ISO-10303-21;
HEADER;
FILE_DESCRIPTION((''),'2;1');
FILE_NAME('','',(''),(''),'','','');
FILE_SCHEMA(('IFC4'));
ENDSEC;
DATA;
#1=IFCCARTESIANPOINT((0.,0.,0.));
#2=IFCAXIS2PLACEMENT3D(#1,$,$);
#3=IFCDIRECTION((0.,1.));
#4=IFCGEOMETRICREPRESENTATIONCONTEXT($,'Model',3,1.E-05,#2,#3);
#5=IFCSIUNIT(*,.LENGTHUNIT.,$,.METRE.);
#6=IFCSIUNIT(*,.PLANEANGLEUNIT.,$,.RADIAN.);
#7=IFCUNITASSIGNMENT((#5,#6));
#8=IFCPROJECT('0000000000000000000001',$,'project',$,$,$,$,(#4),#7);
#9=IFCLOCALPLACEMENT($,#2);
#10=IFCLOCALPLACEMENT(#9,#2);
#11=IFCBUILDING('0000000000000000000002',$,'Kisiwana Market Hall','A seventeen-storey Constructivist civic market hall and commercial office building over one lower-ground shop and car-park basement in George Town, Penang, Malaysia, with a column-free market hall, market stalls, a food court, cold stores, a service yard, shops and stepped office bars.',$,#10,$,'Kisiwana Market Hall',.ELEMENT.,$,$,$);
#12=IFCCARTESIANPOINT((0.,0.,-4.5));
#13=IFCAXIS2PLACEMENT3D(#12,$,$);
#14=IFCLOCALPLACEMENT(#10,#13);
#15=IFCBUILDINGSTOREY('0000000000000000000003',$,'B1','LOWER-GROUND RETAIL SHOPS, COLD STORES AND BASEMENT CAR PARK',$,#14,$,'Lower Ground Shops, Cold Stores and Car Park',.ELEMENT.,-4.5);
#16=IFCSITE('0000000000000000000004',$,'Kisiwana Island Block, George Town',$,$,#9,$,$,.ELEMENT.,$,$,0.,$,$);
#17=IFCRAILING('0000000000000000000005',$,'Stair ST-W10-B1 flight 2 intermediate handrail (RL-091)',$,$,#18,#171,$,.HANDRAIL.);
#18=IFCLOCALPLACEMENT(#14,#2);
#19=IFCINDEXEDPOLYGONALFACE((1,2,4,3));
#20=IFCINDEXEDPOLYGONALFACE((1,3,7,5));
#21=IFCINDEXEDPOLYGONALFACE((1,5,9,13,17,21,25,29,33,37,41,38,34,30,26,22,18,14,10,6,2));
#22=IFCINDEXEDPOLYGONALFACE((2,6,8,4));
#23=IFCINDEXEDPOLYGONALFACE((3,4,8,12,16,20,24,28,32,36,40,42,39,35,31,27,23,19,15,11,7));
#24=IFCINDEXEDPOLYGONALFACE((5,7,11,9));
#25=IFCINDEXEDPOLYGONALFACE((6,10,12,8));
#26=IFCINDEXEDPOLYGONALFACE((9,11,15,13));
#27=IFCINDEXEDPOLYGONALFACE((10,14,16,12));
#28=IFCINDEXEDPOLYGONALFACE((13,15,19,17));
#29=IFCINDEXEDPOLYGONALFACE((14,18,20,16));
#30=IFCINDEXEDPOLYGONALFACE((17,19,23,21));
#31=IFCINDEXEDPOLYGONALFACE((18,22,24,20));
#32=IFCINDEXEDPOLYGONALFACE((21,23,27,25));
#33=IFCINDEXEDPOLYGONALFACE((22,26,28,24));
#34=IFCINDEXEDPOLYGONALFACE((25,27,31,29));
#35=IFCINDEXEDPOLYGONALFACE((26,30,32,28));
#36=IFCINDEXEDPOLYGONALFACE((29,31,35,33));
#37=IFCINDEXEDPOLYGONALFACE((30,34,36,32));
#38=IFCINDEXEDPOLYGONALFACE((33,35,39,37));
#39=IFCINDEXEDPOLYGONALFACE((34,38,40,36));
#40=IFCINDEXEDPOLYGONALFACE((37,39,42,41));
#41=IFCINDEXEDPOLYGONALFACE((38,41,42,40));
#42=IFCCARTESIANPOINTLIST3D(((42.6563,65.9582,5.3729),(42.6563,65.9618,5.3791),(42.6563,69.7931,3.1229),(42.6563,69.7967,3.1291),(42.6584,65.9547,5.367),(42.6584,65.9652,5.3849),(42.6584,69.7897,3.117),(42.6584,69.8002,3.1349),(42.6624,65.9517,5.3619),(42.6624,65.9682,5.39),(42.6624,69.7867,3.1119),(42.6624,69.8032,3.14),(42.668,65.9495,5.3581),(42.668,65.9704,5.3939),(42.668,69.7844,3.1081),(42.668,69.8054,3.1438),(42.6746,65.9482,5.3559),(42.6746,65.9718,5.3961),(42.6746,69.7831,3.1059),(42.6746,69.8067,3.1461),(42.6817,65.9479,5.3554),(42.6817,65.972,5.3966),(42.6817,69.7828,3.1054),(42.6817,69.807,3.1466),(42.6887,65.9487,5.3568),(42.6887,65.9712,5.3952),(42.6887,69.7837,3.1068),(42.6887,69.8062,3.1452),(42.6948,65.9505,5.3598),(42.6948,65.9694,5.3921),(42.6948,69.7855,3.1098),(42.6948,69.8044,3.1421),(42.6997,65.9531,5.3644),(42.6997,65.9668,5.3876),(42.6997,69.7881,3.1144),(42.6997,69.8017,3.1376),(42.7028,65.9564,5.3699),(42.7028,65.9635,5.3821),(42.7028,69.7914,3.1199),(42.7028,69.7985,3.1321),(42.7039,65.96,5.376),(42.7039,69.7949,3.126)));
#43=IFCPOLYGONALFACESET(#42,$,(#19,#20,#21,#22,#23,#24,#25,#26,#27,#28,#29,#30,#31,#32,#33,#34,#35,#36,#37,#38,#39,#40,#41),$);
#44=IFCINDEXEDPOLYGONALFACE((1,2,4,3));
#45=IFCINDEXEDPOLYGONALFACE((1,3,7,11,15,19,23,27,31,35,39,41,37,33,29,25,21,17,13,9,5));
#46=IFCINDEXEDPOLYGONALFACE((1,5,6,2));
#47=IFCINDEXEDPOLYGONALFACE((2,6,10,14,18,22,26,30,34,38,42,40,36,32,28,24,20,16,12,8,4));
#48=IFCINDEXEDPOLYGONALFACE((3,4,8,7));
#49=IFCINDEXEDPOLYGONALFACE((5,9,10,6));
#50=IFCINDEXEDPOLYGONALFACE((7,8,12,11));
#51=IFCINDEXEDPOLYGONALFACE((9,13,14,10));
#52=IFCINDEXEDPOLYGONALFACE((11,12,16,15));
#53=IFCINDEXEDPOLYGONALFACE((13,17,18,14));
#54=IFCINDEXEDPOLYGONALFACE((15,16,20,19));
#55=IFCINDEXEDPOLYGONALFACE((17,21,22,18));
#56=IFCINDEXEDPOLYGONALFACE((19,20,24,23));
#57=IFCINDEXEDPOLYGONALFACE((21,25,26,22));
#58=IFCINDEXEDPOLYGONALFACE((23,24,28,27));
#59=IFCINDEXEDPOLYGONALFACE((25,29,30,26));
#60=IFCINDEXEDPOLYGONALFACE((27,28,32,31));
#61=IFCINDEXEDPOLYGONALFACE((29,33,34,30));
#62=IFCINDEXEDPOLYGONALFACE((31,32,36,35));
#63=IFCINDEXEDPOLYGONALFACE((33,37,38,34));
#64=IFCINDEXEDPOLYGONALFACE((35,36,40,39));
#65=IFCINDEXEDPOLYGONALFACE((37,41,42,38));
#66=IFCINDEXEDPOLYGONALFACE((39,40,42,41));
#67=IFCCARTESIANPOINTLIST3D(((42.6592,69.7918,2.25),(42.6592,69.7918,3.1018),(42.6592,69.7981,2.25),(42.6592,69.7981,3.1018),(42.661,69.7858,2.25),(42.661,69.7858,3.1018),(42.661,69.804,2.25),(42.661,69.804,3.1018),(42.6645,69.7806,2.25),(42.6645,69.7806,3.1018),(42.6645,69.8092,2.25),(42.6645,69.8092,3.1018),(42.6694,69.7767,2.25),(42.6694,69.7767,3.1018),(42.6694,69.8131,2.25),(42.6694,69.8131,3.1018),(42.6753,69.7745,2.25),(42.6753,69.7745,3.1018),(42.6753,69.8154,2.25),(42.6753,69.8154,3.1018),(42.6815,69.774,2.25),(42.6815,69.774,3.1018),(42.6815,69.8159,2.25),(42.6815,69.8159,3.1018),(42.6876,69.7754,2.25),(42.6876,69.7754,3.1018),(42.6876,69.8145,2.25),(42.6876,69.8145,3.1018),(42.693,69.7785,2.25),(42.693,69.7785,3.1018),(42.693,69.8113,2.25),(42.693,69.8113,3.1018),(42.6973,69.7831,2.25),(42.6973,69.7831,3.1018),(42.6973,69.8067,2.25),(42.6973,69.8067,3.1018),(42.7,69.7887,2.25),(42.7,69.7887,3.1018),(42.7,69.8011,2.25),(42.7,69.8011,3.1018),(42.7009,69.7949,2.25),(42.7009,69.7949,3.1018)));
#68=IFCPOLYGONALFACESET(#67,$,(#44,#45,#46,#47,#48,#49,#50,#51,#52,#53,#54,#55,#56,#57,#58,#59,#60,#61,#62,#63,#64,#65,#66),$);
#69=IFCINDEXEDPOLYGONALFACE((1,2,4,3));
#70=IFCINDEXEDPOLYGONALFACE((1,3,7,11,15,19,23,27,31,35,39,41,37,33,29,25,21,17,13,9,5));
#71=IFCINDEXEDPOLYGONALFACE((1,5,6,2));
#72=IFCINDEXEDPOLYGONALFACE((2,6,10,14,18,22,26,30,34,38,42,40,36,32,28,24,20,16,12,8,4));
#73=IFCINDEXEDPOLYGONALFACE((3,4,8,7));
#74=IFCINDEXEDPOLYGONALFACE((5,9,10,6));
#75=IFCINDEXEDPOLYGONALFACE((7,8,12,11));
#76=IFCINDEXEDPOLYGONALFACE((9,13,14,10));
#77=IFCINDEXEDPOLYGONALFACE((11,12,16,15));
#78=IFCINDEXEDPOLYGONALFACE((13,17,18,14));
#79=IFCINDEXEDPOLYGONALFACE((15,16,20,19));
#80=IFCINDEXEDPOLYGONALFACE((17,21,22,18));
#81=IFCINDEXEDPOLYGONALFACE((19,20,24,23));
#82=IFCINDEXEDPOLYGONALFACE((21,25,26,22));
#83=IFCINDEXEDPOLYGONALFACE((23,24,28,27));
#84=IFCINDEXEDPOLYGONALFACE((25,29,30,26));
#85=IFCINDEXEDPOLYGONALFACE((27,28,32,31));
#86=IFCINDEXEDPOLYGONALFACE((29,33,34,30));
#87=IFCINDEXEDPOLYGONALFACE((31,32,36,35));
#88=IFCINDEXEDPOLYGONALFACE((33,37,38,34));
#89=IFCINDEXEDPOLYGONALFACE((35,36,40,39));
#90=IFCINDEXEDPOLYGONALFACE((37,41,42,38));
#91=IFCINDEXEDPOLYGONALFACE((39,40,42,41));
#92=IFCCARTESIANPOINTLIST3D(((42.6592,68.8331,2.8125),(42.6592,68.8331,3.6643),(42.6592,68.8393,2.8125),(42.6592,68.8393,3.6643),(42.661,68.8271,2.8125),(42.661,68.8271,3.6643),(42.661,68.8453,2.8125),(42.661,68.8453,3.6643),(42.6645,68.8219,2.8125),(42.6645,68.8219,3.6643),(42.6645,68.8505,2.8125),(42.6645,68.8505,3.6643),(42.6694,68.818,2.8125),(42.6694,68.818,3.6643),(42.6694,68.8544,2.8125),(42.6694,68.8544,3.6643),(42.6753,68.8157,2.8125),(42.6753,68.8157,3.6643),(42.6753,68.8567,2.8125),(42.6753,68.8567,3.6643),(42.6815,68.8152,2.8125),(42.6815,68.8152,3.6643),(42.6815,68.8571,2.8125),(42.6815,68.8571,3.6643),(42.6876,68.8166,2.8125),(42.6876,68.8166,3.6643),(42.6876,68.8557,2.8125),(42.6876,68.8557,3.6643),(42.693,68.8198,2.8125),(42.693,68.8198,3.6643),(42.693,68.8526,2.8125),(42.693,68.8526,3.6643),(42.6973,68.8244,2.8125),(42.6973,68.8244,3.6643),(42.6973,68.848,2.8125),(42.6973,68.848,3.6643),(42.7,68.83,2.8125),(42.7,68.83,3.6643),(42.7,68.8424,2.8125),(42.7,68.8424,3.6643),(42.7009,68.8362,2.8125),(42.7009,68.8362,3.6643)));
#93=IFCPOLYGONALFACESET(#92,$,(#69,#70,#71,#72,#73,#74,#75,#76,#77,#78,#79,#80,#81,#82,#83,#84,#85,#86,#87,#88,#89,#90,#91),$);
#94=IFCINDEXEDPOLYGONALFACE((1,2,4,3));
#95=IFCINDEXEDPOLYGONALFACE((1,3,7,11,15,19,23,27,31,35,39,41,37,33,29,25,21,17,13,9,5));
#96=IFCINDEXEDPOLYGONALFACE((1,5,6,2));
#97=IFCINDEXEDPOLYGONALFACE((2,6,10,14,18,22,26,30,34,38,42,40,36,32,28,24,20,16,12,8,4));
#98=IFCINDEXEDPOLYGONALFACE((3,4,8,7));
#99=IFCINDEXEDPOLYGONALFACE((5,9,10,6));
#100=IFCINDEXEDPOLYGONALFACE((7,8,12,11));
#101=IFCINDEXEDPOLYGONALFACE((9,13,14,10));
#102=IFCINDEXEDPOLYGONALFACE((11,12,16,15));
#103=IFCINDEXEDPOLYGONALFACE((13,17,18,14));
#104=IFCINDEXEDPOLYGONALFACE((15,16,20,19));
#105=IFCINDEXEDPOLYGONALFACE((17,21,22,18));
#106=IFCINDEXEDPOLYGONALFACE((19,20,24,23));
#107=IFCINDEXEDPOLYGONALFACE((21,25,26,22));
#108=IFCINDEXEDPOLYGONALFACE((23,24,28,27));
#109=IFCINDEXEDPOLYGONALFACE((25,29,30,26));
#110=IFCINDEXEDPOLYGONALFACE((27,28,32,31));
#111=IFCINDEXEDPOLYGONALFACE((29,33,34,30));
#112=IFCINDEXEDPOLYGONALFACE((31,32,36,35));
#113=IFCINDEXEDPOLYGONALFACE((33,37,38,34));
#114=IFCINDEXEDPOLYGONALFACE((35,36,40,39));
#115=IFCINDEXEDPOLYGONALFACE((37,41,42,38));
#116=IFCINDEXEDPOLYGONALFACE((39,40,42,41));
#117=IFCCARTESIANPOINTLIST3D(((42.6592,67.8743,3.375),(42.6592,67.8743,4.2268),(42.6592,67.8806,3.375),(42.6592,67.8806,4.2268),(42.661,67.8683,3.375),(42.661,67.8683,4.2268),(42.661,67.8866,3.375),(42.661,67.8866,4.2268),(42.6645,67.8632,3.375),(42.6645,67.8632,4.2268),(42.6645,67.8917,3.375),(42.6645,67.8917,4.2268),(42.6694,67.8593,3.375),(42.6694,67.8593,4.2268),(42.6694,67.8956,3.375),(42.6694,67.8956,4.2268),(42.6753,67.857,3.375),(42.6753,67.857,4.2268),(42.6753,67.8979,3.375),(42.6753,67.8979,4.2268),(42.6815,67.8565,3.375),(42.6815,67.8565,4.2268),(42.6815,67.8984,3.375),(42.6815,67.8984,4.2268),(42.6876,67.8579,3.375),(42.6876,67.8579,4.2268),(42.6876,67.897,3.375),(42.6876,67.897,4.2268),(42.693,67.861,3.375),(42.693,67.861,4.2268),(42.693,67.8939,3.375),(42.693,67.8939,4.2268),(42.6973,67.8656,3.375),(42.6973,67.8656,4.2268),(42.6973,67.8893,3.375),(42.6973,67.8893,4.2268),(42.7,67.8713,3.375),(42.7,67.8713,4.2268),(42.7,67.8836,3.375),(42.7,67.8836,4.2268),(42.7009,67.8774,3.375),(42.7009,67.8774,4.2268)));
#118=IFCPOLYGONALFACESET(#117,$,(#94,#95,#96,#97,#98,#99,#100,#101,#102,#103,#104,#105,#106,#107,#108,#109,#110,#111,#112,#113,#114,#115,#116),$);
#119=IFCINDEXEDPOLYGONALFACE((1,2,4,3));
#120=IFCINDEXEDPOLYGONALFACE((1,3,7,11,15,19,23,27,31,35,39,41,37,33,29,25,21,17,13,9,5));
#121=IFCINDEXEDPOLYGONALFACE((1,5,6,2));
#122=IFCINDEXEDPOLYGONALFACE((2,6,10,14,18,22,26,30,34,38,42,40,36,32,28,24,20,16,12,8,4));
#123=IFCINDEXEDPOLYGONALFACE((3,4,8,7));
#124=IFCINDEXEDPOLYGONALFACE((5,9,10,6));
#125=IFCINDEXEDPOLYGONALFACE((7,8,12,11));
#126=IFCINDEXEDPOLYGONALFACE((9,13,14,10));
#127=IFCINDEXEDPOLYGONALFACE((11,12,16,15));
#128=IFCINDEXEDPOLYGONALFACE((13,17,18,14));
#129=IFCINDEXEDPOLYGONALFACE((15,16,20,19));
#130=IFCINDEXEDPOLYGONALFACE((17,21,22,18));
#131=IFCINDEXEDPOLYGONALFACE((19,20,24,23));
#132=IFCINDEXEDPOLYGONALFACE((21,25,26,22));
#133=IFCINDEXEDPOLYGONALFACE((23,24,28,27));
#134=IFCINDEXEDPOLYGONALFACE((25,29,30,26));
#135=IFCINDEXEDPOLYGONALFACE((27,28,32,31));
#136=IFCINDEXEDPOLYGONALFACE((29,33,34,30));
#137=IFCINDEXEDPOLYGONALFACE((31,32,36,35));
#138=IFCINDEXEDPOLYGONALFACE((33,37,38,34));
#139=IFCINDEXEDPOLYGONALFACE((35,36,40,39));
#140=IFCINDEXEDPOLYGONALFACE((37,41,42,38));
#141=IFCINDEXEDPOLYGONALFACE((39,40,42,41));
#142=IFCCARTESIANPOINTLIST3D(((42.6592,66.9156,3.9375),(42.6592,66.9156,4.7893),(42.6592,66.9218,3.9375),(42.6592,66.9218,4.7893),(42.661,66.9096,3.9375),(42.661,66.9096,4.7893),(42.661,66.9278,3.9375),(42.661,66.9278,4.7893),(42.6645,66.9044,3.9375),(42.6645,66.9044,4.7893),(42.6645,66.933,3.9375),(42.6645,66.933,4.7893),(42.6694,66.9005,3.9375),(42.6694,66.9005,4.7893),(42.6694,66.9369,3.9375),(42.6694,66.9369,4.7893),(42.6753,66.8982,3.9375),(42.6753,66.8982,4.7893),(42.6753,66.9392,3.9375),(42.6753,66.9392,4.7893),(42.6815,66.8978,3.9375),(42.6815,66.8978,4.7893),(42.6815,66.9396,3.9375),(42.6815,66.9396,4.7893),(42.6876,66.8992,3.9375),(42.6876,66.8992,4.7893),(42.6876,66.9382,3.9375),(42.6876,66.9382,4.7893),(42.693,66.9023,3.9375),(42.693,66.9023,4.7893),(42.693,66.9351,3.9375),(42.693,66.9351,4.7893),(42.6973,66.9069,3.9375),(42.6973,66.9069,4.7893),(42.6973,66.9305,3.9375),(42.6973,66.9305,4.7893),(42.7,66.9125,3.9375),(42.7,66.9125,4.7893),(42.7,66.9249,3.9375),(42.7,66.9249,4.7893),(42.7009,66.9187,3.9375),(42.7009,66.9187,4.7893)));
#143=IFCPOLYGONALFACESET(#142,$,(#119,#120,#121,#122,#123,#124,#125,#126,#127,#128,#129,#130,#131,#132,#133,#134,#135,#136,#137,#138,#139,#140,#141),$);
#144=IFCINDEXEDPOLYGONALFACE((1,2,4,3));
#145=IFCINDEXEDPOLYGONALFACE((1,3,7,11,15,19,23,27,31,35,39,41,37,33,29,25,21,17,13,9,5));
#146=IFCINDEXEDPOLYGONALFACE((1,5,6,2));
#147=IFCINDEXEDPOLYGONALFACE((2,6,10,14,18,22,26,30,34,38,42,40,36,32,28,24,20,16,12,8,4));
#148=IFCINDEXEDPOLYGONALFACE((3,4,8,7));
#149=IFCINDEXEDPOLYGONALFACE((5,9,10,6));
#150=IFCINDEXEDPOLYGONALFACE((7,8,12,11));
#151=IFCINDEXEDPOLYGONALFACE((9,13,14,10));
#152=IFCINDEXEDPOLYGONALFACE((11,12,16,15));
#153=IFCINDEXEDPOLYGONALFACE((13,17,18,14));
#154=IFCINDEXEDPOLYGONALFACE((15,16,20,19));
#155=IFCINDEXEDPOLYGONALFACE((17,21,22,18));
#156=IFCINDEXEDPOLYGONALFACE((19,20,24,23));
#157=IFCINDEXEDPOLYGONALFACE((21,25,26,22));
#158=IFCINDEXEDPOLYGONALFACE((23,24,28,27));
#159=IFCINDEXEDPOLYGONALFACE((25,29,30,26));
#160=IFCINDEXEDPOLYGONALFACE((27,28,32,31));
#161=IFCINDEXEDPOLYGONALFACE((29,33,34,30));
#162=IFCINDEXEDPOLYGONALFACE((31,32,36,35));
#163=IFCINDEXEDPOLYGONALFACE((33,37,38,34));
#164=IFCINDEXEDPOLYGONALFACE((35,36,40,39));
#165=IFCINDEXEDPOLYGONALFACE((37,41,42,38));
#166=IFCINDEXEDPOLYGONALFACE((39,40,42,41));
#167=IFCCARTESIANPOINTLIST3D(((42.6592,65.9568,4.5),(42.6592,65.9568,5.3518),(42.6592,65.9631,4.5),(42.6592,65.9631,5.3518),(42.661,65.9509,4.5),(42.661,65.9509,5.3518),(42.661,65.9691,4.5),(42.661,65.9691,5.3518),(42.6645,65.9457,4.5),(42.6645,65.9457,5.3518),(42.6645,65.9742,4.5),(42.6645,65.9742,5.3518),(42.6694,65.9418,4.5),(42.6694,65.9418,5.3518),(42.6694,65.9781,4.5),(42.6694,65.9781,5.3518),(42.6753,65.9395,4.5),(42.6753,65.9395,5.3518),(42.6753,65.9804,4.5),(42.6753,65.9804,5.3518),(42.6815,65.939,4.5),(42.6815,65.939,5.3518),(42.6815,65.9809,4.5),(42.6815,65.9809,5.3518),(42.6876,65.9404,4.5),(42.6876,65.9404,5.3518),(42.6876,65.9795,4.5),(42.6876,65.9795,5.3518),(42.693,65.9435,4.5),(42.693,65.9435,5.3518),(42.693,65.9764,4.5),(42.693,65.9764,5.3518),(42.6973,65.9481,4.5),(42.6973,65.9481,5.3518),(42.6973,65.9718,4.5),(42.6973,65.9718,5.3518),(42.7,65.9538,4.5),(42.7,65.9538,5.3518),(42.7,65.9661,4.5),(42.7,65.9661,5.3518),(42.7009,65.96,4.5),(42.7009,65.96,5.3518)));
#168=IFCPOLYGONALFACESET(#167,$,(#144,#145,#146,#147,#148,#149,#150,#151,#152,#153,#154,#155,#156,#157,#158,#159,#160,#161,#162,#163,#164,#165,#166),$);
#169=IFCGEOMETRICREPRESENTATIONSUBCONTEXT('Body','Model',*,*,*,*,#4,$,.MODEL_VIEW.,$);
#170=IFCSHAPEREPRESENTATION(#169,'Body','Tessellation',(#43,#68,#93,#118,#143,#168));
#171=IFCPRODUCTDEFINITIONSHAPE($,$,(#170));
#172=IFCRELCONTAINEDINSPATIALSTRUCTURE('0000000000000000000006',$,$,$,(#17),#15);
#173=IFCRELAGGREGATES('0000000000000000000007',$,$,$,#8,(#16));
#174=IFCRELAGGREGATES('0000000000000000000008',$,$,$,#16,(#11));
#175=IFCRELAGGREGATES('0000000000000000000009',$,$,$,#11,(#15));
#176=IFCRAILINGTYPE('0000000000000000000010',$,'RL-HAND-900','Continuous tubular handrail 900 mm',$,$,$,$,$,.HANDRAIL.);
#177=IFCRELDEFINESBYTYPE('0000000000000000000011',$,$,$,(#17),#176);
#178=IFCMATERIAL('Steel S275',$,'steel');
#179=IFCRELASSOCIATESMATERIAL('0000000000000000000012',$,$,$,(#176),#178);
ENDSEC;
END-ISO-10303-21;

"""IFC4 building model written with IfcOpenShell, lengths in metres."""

from ifc_helpers import new_model, si_unit, direction, frame, origin, origin_2d, place, context, subcontext, project, spatial, circle, extrude, material, type_object, element, save


model = new_model("IFC4")

# Units and contexts
model_context = context("Model", 3, precision=1e-05, world=origin(), true_north=direction((0.0, 1.0)))
body_context = subcontext(model_context, "Body", "Model", "MODEL_VIEW")
ifc_project = project(units=[si_unit("LENGTHUNIT", "METRE"), si_unit("PLANEANGLEUNIT", "RADIAN")], contexts=[model_context])

# Site, building, storey
site_placement = place(None, origin())
site = spatial("IfcSite", under=ifc_project, at=site_placement, Name="Kisiwana Island Block, George Town", CompositionType="ELEMENT", RefElevation=0.0)
building_placement = place(site_placement, origin())
building = spatial("IfcBuilding", under=site, at=building_placement, Name="Kisiwana Market Hall", Description="A seventeen-storey Constructivist civic market hall and commercial office building over one lower-ground shop and car-park basement in George Town, Penang, Malaysia, with a column-free market hall, market stalls, a food court, cold stores, a service yard, shops and stepped office bars.", LongName="Kisiwana Market Hall", CompositionType="ELEMENT")
storey_placement = place(building_placement, frame((0.0, 0.0, -4.5)))
storey = spatial("IfcBuildingStorey", under=building, at=storey_placement, Name="B1", Description="LOWER-GROUND RETAIL SHOPS, COLD STORES AND BASEMENT CAR PARK", LongName="Lower Ground Shops, Cold Stores and Car Park", CompositionType="ELEMENT", Elevation=-4.5)

# Railing
ifc_material_1 = material(Name="Steel S275", Category="steel")
railing_type_1 = type_object("IfcRailingType", Name="RL-HAND-900", Description="Continuous tubular handrail 900 mm", PredefinedType="HANDRAIL", material=ifc_material_1)
railing_1_placement = place(storey_placement, frame((42.6799, 69.7949, 2.25)))
element("IfcRailing", 1, at=railing_1_placement, inside=storey, type_object=railing_type_1, Name="Stair ST-W10-B1 flight 2 intermediate handrail (RL-091)", PredefinedType="HANDRAIL", context=body_context, shape_type="SweptSolid", body=[
    extrude(circle(Radius=0.0239, at=origin_2d()), frame((0.0, 0.0, 0.876), z_axis=(0.0, -0.86251, 0.506041), x_axis=(1.0, 0.0, 0.0)), (0.0, 0.0, 1.0), 4.4463),
    extrude(circle(Radius=0.021, at=origin_2d()), origin(), (0.0, 0.0, 1.0), 0.8518),
    extrude(circle(Radius=0.021, at=origin_2d()), frame((0.0, -0.9587, 0.5625)), (0.0, 0.0, 1.0), 0.8518),
    extrude(circle(Radius=0.021, at=origin_2d()), frame((0.0, -1.9175, 1.125)), (0.0, 0.0, 1.0), 0.8518),
    extrude(circle(Radius=0.021, at=origin_2d()), frame((0.0, -2.8762, 1.6875)), (0.0, 0.0, 1.0), 0.8518),
    extrude(circle(Radius=0.021, at=origin_2d()), frame((0.0, -3.835, 2.25)), (0.0, 0.0, 1.0), 0.8518),
])

save(model, "model.ifc")
